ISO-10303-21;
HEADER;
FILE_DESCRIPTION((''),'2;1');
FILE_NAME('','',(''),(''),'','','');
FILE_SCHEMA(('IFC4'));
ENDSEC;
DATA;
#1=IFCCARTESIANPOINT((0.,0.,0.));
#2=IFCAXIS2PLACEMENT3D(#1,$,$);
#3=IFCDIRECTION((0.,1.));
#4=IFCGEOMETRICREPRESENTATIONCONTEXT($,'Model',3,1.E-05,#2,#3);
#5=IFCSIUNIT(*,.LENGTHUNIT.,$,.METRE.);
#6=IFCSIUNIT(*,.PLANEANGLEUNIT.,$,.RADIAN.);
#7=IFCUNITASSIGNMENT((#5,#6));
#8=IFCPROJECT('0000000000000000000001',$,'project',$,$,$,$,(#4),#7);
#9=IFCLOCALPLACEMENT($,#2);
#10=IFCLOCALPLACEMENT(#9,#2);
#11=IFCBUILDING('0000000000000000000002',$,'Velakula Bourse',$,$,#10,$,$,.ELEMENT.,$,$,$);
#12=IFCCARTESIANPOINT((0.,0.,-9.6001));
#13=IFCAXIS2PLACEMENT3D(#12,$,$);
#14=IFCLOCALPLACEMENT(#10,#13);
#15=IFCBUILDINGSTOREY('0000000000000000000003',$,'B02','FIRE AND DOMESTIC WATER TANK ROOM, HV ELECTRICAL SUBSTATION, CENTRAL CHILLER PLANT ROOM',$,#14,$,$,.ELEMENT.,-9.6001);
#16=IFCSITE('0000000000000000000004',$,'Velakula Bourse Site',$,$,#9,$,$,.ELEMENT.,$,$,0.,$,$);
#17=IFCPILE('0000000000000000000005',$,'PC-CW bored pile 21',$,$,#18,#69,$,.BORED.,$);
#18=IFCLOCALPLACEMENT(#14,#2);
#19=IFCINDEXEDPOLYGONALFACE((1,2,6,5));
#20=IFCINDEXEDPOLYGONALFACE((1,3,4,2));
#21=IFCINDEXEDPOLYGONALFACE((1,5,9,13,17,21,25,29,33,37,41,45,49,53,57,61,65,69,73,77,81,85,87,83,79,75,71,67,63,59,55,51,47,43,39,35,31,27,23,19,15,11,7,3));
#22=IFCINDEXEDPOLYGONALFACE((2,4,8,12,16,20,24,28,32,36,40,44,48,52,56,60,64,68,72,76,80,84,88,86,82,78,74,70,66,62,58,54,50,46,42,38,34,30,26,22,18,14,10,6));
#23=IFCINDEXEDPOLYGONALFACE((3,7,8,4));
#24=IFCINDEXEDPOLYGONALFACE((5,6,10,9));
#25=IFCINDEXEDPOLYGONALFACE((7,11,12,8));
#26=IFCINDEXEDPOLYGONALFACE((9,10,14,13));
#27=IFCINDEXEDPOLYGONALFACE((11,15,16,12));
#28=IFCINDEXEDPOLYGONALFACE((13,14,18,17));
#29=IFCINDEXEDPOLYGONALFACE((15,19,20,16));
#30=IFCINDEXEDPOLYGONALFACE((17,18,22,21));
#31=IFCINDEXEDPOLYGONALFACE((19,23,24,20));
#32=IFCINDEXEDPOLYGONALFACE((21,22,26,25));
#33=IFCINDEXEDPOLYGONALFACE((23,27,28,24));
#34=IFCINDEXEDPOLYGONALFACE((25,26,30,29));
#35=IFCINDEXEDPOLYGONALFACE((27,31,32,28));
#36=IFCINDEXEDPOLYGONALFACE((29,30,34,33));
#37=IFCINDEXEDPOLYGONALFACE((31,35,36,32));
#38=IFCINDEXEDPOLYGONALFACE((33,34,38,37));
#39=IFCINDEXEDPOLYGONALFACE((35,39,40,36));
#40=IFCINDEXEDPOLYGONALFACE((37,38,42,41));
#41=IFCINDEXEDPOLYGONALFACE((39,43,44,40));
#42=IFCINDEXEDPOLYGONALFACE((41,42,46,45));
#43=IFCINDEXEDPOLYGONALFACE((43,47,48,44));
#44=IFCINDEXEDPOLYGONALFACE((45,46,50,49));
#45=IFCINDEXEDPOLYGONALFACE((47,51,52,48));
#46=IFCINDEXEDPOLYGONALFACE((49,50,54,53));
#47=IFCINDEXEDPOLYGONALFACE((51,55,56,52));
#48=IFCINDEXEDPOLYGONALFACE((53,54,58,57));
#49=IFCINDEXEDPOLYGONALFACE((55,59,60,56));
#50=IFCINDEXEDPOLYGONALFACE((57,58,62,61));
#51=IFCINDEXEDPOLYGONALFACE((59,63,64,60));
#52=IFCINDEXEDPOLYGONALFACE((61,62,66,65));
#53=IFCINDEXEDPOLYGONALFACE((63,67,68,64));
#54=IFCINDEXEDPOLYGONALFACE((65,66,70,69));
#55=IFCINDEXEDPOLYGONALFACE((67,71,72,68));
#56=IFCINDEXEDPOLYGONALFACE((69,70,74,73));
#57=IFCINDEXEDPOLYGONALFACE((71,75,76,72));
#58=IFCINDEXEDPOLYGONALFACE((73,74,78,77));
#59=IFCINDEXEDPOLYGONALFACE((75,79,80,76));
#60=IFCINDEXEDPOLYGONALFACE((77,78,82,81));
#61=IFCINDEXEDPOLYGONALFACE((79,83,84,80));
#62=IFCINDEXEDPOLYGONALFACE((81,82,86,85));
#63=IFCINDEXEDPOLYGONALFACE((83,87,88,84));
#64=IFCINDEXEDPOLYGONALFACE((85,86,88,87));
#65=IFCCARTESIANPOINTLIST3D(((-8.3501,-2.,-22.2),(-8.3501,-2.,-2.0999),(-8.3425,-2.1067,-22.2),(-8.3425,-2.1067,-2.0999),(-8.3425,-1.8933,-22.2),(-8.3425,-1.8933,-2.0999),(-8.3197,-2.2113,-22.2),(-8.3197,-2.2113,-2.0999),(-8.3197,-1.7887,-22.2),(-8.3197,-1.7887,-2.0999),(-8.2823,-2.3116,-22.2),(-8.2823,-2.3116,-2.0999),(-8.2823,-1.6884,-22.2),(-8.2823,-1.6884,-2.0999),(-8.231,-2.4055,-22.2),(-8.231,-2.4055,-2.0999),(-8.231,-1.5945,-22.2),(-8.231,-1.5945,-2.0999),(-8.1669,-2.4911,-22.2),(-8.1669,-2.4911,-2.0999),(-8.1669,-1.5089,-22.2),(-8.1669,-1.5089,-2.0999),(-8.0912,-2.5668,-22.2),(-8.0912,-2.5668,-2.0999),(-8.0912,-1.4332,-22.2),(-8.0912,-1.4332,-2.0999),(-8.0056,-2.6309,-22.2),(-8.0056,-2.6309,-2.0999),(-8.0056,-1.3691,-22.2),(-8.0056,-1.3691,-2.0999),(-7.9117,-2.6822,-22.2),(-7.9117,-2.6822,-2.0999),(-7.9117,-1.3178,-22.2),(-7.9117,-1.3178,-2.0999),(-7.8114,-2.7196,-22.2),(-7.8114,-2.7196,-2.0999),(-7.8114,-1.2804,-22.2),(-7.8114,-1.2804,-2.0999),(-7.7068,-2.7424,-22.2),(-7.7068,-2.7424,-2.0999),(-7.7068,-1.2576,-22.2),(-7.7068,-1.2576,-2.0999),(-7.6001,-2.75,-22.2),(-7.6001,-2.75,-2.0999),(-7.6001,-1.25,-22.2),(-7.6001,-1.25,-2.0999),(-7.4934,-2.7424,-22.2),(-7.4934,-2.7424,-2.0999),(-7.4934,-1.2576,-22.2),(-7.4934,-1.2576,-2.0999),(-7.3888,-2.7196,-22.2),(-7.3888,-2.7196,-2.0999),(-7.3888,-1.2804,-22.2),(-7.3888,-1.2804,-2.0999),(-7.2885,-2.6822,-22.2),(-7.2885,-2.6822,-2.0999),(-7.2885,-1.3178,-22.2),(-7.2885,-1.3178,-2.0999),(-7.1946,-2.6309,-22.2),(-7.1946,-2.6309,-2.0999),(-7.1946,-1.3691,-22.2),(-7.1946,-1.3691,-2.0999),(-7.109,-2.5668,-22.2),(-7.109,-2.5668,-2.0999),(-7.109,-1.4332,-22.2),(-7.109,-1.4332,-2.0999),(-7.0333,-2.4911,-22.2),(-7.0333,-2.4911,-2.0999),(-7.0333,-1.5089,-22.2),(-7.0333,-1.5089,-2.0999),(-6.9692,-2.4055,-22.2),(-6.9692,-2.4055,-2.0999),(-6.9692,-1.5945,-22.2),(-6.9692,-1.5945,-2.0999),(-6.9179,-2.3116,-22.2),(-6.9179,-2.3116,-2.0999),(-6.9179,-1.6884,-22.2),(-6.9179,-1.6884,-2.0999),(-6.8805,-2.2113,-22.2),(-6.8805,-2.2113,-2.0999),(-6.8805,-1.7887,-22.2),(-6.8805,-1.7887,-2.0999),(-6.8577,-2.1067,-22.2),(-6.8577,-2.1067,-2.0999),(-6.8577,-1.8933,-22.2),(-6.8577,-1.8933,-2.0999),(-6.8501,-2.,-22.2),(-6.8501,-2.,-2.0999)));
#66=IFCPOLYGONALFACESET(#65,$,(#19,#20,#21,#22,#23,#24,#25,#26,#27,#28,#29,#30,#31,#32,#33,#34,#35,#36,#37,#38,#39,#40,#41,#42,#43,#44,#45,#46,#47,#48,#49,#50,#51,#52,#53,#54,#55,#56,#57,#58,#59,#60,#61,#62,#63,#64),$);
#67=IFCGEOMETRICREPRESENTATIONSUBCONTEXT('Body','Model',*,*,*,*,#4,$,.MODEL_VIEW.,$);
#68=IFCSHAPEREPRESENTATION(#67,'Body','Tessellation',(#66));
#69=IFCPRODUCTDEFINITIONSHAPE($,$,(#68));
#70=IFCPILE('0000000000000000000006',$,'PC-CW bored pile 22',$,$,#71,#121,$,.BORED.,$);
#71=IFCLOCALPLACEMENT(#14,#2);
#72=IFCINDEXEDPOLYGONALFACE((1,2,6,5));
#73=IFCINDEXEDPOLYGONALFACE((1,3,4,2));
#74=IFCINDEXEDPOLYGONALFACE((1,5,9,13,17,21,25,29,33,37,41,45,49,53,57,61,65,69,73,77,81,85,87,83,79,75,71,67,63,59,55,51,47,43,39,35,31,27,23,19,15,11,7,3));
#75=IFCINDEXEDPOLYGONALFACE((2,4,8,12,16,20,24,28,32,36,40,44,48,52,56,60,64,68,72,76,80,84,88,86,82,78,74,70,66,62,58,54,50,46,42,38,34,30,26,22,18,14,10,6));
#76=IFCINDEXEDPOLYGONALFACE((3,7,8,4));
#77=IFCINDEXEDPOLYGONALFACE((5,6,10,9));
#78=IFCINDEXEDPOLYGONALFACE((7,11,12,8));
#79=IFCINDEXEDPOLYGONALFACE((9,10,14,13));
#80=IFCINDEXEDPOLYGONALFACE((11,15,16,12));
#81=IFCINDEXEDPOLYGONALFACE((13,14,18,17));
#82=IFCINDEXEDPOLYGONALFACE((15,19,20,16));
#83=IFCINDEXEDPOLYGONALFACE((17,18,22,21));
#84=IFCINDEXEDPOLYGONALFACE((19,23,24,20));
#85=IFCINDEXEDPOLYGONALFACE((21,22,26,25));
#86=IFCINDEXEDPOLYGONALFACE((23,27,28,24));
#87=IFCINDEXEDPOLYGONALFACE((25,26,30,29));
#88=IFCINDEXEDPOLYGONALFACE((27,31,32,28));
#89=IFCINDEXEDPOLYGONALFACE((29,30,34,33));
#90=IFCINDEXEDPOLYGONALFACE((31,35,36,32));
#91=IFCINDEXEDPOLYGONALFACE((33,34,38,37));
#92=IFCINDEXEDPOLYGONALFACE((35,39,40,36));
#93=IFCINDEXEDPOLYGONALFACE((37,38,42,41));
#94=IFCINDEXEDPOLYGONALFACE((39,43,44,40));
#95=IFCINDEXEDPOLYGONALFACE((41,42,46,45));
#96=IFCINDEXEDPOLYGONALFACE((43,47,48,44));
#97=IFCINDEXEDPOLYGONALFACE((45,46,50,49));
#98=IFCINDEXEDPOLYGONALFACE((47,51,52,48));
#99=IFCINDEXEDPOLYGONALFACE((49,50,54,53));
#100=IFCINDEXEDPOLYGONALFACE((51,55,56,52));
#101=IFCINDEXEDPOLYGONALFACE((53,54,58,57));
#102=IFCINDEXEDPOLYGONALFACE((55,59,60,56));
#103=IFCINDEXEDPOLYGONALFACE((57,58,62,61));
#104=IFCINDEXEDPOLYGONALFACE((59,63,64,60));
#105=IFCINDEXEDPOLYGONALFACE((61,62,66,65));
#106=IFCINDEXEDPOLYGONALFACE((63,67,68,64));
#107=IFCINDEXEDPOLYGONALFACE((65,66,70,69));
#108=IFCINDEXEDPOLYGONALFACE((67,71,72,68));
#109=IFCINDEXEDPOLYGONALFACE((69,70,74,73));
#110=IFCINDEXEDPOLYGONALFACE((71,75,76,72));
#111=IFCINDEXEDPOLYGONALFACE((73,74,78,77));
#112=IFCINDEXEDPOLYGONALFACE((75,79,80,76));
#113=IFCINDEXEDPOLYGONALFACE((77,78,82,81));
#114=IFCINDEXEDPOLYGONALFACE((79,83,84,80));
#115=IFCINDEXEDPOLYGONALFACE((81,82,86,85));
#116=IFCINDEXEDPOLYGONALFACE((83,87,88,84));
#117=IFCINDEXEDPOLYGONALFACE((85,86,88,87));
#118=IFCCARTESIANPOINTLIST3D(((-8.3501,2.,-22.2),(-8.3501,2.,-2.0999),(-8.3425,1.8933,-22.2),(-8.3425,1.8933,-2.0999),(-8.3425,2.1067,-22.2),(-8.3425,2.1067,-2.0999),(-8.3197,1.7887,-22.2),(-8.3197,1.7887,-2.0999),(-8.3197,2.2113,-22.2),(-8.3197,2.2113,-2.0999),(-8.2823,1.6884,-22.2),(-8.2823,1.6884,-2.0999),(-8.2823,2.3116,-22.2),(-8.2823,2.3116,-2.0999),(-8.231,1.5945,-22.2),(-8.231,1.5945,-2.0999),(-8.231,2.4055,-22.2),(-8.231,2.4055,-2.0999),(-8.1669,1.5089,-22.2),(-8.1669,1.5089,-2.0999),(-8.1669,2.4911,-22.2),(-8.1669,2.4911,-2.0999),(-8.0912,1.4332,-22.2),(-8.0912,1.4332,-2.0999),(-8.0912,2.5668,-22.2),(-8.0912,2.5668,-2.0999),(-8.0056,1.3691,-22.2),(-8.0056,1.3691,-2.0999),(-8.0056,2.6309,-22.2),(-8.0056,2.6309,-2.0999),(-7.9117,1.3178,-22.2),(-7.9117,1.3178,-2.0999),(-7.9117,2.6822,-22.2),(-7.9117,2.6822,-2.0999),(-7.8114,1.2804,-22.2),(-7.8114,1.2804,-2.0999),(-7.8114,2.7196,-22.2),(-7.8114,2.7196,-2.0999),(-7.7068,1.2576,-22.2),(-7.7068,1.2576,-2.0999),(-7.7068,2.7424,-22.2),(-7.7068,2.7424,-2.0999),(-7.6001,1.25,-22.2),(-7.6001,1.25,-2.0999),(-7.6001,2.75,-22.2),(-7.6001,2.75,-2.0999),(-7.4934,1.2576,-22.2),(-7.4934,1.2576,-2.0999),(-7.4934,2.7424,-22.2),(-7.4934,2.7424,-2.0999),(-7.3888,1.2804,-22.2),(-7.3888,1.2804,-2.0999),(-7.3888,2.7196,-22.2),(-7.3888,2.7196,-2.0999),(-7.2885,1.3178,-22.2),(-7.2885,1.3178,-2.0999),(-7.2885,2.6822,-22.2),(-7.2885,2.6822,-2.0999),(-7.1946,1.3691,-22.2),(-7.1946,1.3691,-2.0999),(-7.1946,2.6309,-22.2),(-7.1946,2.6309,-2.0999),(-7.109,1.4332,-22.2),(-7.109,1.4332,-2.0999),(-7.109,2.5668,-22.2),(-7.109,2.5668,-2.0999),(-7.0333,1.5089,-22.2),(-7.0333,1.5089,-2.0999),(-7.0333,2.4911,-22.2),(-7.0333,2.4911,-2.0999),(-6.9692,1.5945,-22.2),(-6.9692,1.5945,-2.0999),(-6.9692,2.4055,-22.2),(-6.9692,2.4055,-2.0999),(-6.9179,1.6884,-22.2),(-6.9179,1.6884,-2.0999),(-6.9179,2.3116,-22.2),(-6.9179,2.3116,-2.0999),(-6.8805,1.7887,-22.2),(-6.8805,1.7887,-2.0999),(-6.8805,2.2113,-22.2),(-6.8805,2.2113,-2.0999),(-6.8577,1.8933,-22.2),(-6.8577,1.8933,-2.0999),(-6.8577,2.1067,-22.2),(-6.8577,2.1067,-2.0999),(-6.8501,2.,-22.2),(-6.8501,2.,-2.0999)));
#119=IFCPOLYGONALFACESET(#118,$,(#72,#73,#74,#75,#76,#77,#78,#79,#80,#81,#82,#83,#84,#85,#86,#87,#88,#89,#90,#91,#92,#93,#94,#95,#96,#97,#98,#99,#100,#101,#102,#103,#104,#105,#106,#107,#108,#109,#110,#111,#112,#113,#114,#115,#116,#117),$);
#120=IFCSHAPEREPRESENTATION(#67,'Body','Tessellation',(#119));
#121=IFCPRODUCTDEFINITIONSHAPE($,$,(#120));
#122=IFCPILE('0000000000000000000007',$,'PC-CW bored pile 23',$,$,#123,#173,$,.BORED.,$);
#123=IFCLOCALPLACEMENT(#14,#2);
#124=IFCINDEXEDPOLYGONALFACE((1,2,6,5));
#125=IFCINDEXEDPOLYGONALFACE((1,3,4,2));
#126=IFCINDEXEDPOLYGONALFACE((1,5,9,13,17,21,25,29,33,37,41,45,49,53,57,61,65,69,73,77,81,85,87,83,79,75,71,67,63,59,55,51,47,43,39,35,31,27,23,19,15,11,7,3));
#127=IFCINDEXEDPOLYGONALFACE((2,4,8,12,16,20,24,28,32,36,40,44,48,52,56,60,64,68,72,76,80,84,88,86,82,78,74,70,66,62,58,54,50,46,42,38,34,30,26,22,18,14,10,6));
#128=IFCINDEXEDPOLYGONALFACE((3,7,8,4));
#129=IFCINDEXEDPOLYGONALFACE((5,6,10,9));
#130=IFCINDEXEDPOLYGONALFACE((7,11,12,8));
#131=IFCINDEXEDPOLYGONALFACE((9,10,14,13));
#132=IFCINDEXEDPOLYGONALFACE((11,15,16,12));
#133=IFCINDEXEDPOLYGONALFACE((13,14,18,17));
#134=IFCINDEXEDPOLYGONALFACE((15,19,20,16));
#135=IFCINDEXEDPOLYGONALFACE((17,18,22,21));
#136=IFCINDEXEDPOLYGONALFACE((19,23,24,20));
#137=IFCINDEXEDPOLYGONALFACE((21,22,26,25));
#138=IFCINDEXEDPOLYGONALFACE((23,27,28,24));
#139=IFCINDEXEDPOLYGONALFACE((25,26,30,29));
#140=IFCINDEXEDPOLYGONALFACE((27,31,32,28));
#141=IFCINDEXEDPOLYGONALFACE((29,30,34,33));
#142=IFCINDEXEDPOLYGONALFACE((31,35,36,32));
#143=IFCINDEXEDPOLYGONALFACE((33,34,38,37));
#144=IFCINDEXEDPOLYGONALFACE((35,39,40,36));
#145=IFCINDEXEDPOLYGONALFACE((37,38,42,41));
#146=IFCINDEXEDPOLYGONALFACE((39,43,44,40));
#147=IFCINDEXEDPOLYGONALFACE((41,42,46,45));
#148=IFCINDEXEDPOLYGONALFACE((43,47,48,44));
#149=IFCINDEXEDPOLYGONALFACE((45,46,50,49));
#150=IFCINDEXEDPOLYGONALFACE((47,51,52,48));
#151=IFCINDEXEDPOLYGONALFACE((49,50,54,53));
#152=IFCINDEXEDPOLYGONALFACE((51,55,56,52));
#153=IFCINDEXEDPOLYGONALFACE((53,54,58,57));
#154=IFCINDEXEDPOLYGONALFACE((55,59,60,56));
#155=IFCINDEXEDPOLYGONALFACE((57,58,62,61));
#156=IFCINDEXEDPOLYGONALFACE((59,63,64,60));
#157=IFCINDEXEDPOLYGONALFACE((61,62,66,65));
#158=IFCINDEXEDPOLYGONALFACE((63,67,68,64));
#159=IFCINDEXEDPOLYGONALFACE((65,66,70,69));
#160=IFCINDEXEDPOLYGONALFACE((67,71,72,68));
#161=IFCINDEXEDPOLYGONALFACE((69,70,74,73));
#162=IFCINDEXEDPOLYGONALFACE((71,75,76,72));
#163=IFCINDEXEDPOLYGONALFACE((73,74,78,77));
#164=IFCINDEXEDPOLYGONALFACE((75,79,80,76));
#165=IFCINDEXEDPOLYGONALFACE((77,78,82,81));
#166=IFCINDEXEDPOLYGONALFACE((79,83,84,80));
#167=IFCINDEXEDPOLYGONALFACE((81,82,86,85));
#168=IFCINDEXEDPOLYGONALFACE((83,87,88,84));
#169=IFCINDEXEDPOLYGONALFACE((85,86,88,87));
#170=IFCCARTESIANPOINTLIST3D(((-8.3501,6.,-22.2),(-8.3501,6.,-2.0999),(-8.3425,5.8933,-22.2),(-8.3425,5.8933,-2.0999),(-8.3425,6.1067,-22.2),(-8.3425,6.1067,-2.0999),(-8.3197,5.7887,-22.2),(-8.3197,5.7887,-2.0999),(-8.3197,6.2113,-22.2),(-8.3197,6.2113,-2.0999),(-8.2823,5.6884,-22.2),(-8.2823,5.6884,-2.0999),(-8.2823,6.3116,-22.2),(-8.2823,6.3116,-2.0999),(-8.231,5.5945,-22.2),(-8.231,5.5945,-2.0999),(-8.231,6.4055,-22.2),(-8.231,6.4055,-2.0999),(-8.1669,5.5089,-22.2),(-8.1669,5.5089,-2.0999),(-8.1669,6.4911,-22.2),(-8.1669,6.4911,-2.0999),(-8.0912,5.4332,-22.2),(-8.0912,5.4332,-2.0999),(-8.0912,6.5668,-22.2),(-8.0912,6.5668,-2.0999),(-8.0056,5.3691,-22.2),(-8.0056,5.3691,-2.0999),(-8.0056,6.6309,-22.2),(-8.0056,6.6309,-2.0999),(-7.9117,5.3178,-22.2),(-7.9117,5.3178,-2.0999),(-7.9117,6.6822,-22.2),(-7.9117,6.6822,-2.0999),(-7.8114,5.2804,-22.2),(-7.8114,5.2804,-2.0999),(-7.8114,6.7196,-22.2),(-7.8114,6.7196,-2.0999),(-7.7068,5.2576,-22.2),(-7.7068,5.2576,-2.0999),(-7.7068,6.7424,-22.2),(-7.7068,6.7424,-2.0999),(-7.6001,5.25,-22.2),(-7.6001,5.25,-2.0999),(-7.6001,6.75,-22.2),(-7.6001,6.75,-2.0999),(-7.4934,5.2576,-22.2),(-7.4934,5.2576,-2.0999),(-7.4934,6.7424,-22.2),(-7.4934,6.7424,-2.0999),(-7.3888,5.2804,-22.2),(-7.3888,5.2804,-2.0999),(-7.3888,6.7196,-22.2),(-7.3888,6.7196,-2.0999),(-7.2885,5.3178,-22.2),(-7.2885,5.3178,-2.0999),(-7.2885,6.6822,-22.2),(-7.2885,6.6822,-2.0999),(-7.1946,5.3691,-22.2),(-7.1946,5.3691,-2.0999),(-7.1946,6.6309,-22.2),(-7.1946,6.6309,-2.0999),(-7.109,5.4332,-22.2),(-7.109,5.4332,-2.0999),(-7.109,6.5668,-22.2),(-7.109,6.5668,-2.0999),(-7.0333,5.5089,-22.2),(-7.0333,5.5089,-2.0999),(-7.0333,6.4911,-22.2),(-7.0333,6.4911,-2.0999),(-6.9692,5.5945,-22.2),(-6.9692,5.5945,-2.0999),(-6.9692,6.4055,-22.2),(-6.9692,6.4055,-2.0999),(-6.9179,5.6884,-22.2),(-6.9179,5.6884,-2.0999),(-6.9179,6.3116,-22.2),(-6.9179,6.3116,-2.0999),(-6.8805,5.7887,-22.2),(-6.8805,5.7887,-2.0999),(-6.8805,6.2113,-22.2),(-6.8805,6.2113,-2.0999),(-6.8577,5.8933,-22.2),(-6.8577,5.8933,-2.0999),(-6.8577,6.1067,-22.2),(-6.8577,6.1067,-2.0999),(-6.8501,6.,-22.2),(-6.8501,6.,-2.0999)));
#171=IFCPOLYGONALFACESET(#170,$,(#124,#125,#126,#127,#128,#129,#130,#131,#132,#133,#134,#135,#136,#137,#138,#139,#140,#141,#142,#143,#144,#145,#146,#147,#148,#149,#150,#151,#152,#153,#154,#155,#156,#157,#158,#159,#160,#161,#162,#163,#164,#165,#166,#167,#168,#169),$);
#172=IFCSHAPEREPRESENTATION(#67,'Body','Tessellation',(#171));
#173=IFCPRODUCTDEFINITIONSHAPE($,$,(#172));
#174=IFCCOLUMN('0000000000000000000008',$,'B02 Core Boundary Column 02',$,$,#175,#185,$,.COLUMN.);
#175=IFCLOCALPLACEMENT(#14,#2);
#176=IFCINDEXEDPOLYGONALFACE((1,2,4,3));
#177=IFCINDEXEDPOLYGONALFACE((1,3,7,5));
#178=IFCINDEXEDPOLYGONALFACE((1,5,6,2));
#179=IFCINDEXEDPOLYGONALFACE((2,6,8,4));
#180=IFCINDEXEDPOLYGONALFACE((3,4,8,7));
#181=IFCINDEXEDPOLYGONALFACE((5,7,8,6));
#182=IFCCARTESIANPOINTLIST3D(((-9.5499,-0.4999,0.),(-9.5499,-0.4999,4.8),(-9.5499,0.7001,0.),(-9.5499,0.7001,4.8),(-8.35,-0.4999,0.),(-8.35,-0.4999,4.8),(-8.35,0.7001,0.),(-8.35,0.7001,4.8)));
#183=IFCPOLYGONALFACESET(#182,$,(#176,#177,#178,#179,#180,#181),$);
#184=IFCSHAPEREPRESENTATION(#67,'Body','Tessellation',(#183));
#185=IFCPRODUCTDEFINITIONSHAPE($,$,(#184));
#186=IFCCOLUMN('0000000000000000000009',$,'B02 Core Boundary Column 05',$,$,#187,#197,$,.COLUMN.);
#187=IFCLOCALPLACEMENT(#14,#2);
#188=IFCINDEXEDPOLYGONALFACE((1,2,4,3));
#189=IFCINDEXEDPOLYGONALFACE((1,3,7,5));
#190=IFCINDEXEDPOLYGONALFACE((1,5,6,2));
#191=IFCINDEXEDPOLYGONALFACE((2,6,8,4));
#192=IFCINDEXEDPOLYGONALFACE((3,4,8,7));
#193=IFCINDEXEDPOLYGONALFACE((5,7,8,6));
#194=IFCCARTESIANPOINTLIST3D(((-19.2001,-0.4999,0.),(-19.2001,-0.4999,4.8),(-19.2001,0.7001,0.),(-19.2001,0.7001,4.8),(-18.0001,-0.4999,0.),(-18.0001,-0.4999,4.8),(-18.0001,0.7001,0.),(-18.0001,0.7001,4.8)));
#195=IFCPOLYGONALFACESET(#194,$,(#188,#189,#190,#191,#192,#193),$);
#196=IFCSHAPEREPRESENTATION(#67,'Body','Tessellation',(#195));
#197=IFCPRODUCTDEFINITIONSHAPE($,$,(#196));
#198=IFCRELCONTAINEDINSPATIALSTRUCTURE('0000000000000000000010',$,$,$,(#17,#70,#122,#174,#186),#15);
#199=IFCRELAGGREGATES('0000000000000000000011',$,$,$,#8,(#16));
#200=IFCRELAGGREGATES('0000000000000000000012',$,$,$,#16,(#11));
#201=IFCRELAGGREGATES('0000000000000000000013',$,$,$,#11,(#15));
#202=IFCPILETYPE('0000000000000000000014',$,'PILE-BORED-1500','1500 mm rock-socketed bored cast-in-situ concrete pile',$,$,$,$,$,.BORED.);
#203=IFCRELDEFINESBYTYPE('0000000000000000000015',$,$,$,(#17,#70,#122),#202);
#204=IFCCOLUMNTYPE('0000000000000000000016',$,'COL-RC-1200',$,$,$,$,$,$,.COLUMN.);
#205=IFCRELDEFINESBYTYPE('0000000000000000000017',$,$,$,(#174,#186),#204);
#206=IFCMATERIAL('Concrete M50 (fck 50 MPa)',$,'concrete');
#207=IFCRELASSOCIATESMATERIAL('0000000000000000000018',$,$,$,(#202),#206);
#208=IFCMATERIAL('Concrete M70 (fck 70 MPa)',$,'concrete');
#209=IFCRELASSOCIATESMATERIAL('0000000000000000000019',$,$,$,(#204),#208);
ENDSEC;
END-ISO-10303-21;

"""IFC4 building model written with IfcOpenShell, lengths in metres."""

from ifc_helpers import new_model, si_unit, direction, frame, origin, origin_2d, place, context, subcontext, project, spatial, rectangle, circle, extrude, material, material_profile, profile_set, type_object, element, save


model = new_model("IFC4")

# Units and contexts
model_context = context("Model", 3, precision=1e-05, world=origin(), true_north=direction((0.0, 1.0)))
body_context = subcontext(model_context, "Body", "Model", "MODEL_VIEW")
ifc_project = project(units=[si_unit("LENGTHUNIT", "METRE"), si_unit("PLANEANGLEUNIT", "RADIAN")], contexts=[model_context])

# Site, building, storey
site_placement = place(None, origin())
site = spatial("IfcSite", under=ifc_project, at=site_placement, Name="Velakula Bourse Site", CompositionType="ELEMENT", RefElevation=0.0)
building_placement = place(site_placement, origin())
building = spatial("IfcBuilding", under=site, at=building_placement, Name="Velakula Bourse", CompositionType="ELEMENT")
storey_placement = place(building_placement, frame((0.0, 0.0, -9.6001)))
storey = spatial("IfcBuildingStorey", under=building, at=storey_placement, Name="B02", Description="FIRE AND DOMESTIC WATER TANK ROOM, HV ELECTRICAL SUBSTATION, CENTRAL CHILLER PLANT ROOM", CompositionType="ELEMENT", Elevation=-9.6001)

# Shared definitions
ifc_material_1 = material(Name="Concrete M70 (fck 70 MPa)", Category="concrete")

# Piles
ifc_material_2 = material(Name="Concrete M50 (fck 50 MPa)", Category="concrete")
ifc_material_profile_1 = material_profile(ifc_material_2, circle(Radius=0.75, at=origin_2d()), Name="Concrete M50 (fck 50 MPa)")
ifc_profile_set_1 = profile_set([ifc_material_profile_1], Name="Concrete M50 (fck 50 MPa)")
pile_type = type_object("IfcPileType", Name="PILE-BORED-1500", Description="1500 mm rock-socketed bored cast-in-situ concrete pile", PredefinedType="BORED", material=ifc_profile_set_1)
for number, where, z_axis, x_axis, name in (
    (1, (-7.6001, -2.0, -2.0999), (0.0, 0.0, -1.0), (1.0, 0.0, 0.0), "PC-CW bored pile 21"),
    (2, (-7.6001, 2.0, -2.0999), (0.0, 0.0, -1.0), (1.0, 0.0, 0.0), "PC-CW bored pile 22"),
    (3, (-7.6001, 6.0, -2.0999), (0.0, 0.0, -1.0), (1.0, 0.0, 0.0), "PC-CW bored pile 23"),
):
    element("IfcPile", number, at=place(storey_placement, frame(where, z_axis=z_axis, x_axis=x_axis)), inside=storey, type_object=pile_type, Name=name, PredefinedType="BORED", context=body_context, shape_type="SweptSolid", body=[
        extrude(circle(Radius=0.75, at=origin_2d()), origin(), (0.0, 0.0, 1.0), 20.1001),
    ])

# Columns
ifc_material_profile_2 = material_profile(ifc_material_1, rectangle(XDim=1.2, YDim=1.2, at=origin_2d()), Name="Concrete M70 (fck 70 MPa)")
ifc_profile_set_2 = profile_set([ifc_material_profile_2], Name="Concrete M70 (fck 70 MPa)")
column_type_1 = type_object("IfcColumnType", Name="COL-RC-1200", PredefinedType="COLUMN", material=ifc_profile_set_2)
for number, where, z_axis, x_axis, name in (
    (4, (-8.95, 0.1001, 0.0), (0.0, 0.0, 1.0), (1.0, 0.0, 0.0), "B02 Core Boundary Column 02"),
    (5, (-18.6001, 0.1001, 0.0), (0.0, 0.0, 1.0), (1.0, 0.0, 0.0), "B02 Core Boundary Column 05"),
):
    element("IfcColumn", number, at=place(storey_placement, frame(where, z_axis=z_axis, x_axis=x_axis)), inside=storey, type_object=column_type_1, Name=name, PredefinedType="COLUMN", context=body_context, shape_type="SweptSolid", body=[
        extrude(rectangle(XDim=1.2, YDim=1.2, at=origin_2d()), origin(), (0.0, 0.0, 1.0), 4.8),
    ])

save(model, "model.ifc")
